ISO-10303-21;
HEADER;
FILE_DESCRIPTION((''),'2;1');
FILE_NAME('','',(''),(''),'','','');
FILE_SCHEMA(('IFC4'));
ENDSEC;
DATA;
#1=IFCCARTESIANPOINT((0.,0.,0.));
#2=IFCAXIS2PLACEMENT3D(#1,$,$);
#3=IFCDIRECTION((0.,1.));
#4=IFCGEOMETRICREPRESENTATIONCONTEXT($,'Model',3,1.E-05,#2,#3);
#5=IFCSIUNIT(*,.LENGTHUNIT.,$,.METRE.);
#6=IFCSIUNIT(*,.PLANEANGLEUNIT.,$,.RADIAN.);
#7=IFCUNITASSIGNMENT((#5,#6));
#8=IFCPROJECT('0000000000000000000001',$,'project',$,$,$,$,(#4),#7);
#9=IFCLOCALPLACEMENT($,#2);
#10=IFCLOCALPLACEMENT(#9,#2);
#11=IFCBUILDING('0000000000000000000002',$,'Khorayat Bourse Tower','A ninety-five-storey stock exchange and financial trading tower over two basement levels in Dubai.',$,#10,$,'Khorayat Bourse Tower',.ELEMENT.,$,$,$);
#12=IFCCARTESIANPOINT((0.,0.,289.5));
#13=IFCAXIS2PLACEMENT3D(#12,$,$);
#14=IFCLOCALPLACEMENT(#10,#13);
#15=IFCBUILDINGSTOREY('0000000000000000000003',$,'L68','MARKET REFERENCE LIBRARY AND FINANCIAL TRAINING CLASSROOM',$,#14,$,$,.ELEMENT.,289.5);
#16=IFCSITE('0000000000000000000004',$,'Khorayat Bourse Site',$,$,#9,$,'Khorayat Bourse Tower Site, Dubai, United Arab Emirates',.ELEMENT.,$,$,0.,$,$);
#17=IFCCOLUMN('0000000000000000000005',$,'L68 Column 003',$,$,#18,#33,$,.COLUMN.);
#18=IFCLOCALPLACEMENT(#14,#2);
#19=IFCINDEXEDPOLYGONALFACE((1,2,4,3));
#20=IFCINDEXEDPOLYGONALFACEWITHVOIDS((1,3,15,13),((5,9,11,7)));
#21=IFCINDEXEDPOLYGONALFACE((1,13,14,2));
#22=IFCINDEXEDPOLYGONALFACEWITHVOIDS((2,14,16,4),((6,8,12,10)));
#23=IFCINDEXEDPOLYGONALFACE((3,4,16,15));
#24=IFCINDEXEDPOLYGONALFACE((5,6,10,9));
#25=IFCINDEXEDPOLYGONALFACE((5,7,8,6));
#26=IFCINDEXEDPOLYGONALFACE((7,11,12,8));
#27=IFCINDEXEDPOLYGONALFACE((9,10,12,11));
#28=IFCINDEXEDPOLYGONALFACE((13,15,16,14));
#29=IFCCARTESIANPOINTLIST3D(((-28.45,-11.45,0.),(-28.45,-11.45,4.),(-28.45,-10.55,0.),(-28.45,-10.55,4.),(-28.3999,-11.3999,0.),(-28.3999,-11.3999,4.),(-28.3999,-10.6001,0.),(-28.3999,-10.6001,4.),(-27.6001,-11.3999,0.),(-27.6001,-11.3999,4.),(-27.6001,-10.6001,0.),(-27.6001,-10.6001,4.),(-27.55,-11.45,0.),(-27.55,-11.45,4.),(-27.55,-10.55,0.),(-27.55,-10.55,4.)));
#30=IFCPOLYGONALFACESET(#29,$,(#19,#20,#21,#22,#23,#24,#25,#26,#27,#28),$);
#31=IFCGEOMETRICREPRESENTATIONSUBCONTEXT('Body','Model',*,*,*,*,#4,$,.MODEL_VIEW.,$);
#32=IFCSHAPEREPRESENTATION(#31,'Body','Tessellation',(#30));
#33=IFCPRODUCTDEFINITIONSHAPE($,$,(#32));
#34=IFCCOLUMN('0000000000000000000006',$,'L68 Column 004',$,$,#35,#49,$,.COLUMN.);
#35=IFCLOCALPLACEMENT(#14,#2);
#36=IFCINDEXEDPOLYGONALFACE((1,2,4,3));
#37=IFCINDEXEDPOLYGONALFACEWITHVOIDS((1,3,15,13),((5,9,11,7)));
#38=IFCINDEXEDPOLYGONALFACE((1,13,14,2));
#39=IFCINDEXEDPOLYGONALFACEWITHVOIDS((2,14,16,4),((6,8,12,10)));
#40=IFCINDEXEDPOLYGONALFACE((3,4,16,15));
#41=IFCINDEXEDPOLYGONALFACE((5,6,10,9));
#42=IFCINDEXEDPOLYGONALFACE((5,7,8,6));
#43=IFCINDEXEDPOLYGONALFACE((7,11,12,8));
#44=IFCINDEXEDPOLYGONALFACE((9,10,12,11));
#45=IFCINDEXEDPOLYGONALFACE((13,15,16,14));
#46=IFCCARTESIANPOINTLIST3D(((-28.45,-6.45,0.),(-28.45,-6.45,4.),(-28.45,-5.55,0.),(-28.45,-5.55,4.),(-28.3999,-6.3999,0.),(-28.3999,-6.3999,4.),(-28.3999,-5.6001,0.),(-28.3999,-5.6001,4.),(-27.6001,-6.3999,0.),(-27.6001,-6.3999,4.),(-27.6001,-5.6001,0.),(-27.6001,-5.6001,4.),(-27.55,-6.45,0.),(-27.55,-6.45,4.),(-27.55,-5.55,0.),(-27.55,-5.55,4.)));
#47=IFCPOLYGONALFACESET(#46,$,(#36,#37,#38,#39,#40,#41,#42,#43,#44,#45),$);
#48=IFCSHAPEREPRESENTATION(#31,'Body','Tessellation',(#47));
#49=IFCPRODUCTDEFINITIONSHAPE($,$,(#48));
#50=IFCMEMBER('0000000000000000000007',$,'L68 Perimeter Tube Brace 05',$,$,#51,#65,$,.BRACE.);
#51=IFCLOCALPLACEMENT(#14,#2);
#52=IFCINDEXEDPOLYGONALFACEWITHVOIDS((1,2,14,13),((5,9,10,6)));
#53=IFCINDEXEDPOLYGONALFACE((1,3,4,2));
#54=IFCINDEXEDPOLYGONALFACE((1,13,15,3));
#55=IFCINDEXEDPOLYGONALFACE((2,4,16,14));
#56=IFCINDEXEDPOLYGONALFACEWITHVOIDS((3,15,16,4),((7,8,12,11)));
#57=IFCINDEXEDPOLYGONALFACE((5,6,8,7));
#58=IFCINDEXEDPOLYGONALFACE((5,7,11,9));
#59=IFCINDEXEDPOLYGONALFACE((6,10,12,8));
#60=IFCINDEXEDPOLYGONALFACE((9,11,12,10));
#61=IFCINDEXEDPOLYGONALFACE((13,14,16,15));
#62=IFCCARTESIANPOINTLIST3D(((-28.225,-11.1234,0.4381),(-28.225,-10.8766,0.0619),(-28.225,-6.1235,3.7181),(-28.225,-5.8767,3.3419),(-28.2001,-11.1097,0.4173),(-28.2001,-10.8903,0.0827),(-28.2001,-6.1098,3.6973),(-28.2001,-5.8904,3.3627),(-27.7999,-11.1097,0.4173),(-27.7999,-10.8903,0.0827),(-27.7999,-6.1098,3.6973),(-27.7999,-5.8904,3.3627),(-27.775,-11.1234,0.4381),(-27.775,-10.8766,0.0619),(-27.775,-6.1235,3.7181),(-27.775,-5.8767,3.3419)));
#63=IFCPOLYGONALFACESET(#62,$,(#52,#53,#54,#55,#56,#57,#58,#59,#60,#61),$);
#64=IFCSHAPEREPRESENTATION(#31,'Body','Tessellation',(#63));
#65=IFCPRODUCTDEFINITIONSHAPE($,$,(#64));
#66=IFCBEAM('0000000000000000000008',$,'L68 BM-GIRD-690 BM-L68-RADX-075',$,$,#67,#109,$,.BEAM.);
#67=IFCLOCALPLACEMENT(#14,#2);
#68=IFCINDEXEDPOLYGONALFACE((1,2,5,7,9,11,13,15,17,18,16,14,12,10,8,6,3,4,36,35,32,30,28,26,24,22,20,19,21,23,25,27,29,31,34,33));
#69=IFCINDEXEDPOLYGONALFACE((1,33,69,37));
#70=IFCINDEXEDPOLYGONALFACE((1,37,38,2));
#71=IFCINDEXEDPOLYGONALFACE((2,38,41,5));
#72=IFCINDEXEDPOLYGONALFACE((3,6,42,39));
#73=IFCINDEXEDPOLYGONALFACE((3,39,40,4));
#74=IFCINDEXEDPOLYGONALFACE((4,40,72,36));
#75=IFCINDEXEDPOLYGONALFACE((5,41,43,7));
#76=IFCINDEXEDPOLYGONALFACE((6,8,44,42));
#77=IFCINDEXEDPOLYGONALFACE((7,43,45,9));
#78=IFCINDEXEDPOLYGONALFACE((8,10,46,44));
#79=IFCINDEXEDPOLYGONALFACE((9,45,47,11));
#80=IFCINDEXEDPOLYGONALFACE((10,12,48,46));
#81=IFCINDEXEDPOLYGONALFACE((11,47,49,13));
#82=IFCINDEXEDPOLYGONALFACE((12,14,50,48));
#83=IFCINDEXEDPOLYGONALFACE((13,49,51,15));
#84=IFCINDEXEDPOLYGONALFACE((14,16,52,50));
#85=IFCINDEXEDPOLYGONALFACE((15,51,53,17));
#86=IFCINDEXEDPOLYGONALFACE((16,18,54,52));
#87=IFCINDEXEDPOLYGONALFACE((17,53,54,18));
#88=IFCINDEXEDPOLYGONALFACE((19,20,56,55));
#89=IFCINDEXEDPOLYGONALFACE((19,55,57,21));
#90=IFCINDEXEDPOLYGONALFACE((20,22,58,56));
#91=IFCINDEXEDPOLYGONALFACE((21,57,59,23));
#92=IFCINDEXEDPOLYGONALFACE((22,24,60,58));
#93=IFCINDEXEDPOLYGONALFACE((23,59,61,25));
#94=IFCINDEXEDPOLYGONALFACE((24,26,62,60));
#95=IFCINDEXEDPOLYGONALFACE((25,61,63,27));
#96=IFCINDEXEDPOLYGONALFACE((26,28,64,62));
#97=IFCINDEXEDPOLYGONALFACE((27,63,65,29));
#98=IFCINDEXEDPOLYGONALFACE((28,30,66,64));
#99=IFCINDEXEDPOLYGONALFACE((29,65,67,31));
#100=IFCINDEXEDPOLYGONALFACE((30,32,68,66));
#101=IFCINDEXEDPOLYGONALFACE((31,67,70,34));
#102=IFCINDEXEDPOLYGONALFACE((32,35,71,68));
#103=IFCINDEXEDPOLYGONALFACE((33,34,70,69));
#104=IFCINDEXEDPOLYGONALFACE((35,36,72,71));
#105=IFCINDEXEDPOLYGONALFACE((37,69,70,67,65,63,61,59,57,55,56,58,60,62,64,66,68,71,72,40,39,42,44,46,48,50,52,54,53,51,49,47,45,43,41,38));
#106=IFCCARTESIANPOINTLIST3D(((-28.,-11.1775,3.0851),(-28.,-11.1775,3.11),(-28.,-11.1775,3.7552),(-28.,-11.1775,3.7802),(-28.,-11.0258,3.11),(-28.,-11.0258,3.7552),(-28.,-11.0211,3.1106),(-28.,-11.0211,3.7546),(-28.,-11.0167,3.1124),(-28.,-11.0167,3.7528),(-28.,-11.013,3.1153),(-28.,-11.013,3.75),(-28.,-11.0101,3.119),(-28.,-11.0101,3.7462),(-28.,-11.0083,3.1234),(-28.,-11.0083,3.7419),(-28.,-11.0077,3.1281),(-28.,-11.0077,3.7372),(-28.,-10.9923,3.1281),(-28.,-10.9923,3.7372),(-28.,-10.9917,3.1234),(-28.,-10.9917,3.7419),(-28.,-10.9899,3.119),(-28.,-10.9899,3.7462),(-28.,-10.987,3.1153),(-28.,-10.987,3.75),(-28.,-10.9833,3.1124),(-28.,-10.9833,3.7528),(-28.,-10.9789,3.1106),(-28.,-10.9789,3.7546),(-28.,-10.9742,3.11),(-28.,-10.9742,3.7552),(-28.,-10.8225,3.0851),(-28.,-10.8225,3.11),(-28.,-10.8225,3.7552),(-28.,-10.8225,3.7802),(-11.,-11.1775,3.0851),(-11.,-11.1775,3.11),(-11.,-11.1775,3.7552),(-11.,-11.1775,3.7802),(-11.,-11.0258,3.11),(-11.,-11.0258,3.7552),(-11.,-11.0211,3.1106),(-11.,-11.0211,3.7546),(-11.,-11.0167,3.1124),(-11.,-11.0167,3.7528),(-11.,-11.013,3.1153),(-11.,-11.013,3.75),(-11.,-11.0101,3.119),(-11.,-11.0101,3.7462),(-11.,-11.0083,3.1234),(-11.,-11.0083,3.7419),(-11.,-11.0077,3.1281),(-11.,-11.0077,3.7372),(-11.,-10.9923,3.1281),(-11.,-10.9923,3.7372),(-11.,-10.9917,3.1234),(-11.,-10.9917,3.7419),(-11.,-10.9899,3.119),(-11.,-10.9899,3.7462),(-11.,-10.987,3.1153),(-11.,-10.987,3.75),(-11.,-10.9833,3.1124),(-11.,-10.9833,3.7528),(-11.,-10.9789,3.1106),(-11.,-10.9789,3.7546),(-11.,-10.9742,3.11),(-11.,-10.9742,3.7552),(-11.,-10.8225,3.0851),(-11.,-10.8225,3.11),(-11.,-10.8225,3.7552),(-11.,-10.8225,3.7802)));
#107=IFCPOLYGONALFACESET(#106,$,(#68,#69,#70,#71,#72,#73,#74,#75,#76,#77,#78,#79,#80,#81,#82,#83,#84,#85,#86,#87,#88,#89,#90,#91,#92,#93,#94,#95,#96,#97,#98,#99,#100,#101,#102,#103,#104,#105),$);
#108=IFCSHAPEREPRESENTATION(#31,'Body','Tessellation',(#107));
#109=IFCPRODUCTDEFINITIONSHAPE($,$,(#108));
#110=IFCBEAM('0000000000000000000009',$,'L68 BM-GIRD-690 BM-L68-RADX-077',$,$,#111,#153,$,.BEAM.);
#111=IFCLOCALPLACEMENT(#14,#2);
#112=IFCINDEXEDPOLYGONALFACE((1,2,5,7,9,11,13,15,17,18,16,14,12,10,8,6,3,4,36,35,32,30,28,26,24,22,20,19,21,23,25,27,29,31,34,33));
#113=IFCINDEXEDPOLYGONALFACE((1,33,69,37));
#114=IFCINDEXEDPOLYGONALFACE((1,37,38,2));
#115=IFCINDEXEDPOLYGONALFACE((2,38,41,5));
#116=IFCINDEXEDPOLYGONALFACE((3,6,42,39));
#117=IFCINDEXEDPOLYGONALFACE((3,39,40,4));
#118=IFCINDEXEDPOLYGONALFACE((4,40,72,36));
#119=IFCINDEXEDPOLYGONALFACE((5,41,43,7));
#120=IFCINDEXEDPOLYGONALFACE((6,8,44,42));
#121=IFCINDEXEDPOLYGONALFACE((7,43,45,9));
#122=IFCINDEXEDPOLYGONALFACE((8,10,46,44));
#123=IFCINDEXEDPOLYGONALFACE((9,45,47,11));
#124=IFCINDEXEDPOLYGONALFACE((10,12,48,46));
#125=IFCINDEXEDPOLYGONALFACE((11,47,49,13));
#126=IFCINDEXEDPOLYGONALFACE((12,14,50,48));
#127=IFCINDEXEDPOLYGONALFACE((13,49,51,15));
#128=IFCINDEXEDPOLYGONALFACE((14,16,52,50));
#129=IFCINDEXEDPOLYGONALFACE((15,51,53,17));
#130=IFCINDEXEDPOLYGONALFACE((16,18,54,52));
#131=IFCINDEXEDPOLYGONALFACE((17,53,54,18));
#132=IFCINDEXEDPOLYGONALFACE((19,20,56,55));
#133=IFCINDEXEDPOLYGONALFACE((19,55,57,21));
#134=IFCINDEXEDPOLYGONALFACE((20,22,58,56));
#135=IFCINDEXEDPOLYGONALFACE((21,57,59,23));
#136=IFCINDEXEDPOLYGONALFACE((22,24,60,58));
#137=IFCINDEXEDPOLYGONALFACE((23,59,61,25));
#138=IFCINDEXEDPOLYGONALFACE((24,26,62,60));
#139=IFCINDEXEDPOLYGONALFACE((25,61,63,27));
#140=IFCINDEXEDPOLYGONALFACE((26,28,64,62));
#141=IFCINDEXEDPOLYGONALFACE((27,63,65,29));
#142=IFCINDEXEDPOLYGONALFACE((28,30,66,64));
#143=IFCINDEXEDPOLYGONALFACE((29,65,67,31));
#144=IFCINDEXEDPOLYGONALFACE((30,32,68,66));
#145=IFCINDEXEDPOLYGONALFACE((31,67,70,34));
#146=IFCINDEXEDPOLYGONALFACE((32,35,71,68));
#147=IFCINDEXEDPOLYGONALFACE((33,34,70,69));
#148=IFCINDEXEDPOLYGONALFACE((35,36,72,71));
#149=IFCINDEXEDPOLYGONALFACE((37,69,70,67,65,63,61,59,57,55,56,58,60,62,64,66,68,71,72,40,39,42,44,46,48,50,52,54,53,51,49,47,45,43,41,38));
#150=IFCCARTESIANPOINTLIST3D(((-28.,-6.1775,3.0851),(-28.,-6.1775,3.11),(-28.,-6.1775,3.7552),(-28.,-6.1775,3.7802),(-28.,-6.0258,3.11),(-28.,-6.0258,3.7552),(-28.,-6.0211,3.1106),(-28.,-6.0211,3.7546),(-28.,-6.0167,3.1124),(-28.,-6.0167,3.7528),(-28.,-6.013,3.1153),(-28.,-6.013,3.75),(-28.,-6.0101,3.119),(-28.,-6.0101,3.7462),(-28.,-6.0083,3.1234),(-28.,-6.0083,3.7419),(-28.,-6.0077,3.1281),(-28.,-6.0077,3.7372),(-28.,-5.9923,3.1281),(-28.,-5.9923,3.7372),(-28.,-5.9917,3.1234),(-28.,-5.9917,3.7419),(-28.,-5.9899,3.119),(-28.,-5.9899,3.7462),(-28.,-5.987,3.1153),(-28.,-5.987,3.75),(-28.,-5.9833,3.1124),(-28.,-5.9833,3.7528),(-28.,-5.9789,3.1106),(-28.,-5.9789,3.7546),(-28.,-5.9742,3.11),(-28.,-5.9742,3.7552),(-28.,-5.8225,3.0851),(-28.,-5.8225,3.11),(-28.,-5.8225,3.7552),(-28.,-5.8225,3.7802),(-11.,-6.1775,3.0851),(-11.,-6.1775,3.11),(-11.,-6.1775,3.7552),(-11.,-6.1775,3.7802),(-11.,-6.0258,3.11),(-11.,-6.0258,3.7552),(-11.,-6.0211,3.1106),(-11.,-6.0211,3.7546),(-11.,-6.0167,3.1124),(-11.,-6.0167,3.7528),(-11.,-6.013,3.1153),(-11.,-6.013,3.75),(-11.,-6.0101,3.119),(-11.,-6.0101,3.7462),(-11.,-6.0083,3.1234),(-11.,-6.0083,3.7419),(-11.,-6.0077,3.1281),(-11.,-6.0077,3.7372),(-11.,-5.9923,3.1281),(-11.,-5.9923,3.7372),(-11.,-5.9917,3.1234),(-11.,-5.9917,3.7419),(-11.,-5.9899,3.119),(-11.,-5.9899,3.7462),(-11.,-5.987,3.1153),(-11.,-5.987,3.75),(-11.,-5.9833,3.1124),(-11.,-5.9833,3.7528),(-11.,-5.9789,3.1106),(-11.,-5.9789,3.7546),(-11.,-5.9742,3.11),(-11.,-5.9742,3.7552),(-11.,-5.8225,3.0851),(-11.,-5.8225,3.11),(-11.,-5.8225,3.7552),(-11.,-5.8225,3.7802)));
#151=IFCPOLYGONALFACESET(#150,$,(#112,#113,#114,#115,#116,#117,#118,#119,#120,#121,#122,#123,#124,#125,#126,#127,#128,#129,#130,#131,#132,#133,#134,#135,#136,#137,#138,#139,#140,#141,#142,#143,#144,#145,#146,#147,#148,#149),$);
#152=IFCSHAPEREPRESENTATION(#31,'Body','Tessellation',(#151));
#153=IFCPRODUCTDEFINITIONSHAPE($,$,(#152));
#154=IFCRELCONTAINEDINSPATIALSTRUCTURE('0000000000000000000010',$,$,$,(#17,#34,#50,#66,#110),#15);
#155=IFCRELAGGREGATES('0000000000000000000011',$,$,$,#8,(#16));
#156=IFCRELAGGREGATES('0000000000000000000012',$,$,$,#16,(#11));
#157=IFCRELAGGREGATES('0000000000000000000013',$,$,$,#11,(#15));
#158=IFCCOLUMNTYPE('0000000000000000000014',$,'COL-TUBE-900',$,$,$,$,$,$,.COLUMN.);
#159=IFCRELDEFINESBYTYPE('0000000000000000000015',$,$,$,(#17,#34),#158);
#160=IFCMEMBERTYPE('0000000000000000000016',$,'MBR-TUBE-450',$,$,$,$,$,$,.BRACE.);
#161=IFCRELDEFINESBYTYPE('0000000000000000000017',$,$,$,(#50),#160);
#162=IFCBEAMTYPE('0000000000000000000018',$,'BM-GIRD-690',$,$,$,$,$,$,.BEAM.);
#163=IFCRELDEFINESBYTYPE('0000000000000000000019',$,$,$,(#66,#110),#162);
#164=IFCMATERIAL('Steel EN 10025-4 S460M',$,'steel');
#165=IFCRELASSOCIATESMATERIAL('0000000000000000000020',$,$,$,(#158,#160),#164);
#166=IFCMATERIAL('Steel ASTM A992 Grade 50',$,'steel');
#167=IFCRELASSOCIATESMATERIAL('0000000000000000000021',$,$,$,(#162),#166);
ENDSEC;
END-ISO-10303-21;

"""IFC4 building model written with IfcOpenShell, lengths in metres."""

from ifc_helpers import new_model, si_unit, direction, frame, origin, origin_2d, place, context, subcontext, project, spatial, hollow_rectangle, i_section, extrude, source, transform, mapped, material, material_profile, profile_set, type_object, element, save


model = new_model("IFC4")

# Units and contexts
model_context = context("Model", 3, precision=1e-05, world=origin(), true_north=direction((0.0, 1.0)))
body_context = subcontext(model_context, "Body", "Model", "MODEL_VIEW")
ifc_project = project(units=[si_unit("LENGTHUNIT", "METRE"), si_unit("PLANEANGLEUNIT", "RADIAN")], contexts=[model_context])

# Site, building, storey
site_placement = place(None, origin())
site = spatial("IfcSite", under=ifc_project, at=site_placement, Name="Khorayat Bourse Site", LongName="Khorayat Bourse Tower Site, Dubai, United Arab Emirates", CompositionType="ELEMENT", RefElevation=0.0)
building_placement = place(site_placement, origin())
building = spatial("IfcBuilding", under=site, at=building_placement, Name="Khorayat Bourse Tower", Description="A ninety-five-storey stock exchange and financial trading tower over two basement levels in Dubai.", LongName="Khorayat Bourse Tower", CompositionType="ELEMENT")
storey_placement = place(building_placement, frame((0.0, 0.0, 289.5)))
storey = spatial("IfcBuildingStorey", under=building, at=storey_placement, Name="L68", Description="MARKET REFERENCE LIBRARY AND FINANCIAL TRAINING CLASSROOM", CompositionType="ELEMENT", Elevation=289.5)

# Columns
ifc_material_1 = material(Name="Steel EN 10025-4 S460M", Category="steel")
ifc_material_profile_1 = material_profile(ifc_material_1, hollow_rectangle(XDim=0.8999, YDim=0.8999, WallThickness=0.05, at=origin_2d()), Name="BOX 900x900x50")
ifc_profile_set_1 = profile_set([ifc_material_profile_1], Name="Steel EN 10025-4 S460M")
column_type = type_object("IfcColumnType", Name="COL-TUBE-900", PredefinedType="COLUMN", material=ifc_profile_set_1)
shared_shape_1 = source(origin(), body_context, "Body", "SweptSolid", [
    extrude(hollow_rectangle(XDim=0.8999, YDim=0.8999, WallThickness=0.05, at=origin_2d()), origin(), (0.0, 0.0, 1.0), 4.0),
])
for number, where, z_axis, x_axis, name in (
    (1, (-28.0, -11.0, 0.0), (0.0, 0.0, 1.0), (1.0, 0.0, 0.0), "L68 Column 003"),
    (2, (-28.0, -6.0, 0.0), (0.0, 0.0, 1.0), (1.0, 0.0, 0.0), "L68 Column 004"),
):
    element("IfcColumn", number, at=place(storey_placement, frame(where, z_axis=z_axis, x_axis=x_axis)), inside=storey, type_object=column_type, Name=name, PredefinedType="COLUMN", context=body_context, shape_type="MappedRepresentation", body=[
        mapped(shared_shape_1, transform((0.0, 0.0, 0.0), scale=1.0)),
    ])

# Member
ifc_material_profile_2 = material_profile(ifc_material_1, hollow_rectangle(XDim=0.45, YDim=0.45, WallThickness=0.0249, at=origin_2d()), Name="HSS 450x450x25")
ifc_profile_set_2 = profile_set([ifc_material_profile_2], Name="Steel EN 10025-4 S460M")
member_type = type_object("IfcMemberType", Name="MBR-TUBE-450", PredefinedType="BRACE", material=ifc_profile_set_2)
shared_shape_2 = source(origin(), body_context, "Body", "SweptSolid", [
    extrude(hollow_rectangle(XDim=0.45, YDim=0.45, WallThickness=0.0249, at=origin_2d()), origin(), (0.0, 0.0, 1.0), 5.9797),
])
member_placement = place(storey_placement, frame((-28.0, -11.0, 0.25), z_axis=(0.0, 0.836142, 0.548514), x_axis=(-1.0, 0.0, 0.0)))
element("IfcMember", 3, at=member_placement, inside=storey, type_object=member_type, Name="L68 Perimeter Tube Brace 05", PredefinedType="BRACE", context=body_context, shape_type="MappedRepresentation", body=[
    mapped(shared_shape_2, transform((0.0, 0.0, 0.0), scale=1.0)),
])

# Beams
ifc_material_2 = material(Name="Steel ASTM A992 Grade 50", Category="steel")
ifc_material_profile_3 = material_profile(ifc_material_2, i_section(OverallWidth=0.355, OverallDepth=0.6951, WebThickness=0.0154, FlangeThickness=0.0249, FilletRadius=0.0181, at=origin_2d()), Name="W690X217")
ifc_profile_set_3 = profile_set([ifc_material_profile_3], Name="Steel ASTM A992 Grade 50")
beam_type_1 = type_object("IfcBeamType", Name="BM-GIRD-690", PredefinedType="BEAM", material=ifc_profile_set_3)
shared_shape_3 = source(origin(), body_context, "Body", "SweptSolid", [
    extrude(i_section(OverallWidth=0.355, OverallDepth=0.6951, WebThickness=0.0154, FlangeThickness=0.0249, FilletRadius=0.0181, at=origin_2d()), origin(), (0.0, 0.0, 1.0), 17.0),
])
for number, where, z_axis, x_axis, name in (
    (4, (-28.0, -11.0, 3.4326), (1.0, 0.0, 0.0), (0.0, 1.0, 0.0), "L68 BM-GIRD-690 BM-L68-RADX-075"),
    (5, (-28.0, -6.0, 3.4326), (1.0, 0.0, 0.0), (0.0, 1.0, 0.0), "L68 BM-GIRD-690 BM-L68-RADX-077"),
):
    element("IfcBeam", number, at=place(storey_placement, frame(where, z_axis=z_axis, x_axis=x_axis)), inside=storey, type_object=beam_type_1, Name=name, PredefinedType="BEAM", context=body_context, shape_type="MappedRepresentation", body=[
        mapped(shared_shape_3, transform((0.0, 0.0, 0.0), scale=1.0)),
    ])

save(model, "model.ifc")
